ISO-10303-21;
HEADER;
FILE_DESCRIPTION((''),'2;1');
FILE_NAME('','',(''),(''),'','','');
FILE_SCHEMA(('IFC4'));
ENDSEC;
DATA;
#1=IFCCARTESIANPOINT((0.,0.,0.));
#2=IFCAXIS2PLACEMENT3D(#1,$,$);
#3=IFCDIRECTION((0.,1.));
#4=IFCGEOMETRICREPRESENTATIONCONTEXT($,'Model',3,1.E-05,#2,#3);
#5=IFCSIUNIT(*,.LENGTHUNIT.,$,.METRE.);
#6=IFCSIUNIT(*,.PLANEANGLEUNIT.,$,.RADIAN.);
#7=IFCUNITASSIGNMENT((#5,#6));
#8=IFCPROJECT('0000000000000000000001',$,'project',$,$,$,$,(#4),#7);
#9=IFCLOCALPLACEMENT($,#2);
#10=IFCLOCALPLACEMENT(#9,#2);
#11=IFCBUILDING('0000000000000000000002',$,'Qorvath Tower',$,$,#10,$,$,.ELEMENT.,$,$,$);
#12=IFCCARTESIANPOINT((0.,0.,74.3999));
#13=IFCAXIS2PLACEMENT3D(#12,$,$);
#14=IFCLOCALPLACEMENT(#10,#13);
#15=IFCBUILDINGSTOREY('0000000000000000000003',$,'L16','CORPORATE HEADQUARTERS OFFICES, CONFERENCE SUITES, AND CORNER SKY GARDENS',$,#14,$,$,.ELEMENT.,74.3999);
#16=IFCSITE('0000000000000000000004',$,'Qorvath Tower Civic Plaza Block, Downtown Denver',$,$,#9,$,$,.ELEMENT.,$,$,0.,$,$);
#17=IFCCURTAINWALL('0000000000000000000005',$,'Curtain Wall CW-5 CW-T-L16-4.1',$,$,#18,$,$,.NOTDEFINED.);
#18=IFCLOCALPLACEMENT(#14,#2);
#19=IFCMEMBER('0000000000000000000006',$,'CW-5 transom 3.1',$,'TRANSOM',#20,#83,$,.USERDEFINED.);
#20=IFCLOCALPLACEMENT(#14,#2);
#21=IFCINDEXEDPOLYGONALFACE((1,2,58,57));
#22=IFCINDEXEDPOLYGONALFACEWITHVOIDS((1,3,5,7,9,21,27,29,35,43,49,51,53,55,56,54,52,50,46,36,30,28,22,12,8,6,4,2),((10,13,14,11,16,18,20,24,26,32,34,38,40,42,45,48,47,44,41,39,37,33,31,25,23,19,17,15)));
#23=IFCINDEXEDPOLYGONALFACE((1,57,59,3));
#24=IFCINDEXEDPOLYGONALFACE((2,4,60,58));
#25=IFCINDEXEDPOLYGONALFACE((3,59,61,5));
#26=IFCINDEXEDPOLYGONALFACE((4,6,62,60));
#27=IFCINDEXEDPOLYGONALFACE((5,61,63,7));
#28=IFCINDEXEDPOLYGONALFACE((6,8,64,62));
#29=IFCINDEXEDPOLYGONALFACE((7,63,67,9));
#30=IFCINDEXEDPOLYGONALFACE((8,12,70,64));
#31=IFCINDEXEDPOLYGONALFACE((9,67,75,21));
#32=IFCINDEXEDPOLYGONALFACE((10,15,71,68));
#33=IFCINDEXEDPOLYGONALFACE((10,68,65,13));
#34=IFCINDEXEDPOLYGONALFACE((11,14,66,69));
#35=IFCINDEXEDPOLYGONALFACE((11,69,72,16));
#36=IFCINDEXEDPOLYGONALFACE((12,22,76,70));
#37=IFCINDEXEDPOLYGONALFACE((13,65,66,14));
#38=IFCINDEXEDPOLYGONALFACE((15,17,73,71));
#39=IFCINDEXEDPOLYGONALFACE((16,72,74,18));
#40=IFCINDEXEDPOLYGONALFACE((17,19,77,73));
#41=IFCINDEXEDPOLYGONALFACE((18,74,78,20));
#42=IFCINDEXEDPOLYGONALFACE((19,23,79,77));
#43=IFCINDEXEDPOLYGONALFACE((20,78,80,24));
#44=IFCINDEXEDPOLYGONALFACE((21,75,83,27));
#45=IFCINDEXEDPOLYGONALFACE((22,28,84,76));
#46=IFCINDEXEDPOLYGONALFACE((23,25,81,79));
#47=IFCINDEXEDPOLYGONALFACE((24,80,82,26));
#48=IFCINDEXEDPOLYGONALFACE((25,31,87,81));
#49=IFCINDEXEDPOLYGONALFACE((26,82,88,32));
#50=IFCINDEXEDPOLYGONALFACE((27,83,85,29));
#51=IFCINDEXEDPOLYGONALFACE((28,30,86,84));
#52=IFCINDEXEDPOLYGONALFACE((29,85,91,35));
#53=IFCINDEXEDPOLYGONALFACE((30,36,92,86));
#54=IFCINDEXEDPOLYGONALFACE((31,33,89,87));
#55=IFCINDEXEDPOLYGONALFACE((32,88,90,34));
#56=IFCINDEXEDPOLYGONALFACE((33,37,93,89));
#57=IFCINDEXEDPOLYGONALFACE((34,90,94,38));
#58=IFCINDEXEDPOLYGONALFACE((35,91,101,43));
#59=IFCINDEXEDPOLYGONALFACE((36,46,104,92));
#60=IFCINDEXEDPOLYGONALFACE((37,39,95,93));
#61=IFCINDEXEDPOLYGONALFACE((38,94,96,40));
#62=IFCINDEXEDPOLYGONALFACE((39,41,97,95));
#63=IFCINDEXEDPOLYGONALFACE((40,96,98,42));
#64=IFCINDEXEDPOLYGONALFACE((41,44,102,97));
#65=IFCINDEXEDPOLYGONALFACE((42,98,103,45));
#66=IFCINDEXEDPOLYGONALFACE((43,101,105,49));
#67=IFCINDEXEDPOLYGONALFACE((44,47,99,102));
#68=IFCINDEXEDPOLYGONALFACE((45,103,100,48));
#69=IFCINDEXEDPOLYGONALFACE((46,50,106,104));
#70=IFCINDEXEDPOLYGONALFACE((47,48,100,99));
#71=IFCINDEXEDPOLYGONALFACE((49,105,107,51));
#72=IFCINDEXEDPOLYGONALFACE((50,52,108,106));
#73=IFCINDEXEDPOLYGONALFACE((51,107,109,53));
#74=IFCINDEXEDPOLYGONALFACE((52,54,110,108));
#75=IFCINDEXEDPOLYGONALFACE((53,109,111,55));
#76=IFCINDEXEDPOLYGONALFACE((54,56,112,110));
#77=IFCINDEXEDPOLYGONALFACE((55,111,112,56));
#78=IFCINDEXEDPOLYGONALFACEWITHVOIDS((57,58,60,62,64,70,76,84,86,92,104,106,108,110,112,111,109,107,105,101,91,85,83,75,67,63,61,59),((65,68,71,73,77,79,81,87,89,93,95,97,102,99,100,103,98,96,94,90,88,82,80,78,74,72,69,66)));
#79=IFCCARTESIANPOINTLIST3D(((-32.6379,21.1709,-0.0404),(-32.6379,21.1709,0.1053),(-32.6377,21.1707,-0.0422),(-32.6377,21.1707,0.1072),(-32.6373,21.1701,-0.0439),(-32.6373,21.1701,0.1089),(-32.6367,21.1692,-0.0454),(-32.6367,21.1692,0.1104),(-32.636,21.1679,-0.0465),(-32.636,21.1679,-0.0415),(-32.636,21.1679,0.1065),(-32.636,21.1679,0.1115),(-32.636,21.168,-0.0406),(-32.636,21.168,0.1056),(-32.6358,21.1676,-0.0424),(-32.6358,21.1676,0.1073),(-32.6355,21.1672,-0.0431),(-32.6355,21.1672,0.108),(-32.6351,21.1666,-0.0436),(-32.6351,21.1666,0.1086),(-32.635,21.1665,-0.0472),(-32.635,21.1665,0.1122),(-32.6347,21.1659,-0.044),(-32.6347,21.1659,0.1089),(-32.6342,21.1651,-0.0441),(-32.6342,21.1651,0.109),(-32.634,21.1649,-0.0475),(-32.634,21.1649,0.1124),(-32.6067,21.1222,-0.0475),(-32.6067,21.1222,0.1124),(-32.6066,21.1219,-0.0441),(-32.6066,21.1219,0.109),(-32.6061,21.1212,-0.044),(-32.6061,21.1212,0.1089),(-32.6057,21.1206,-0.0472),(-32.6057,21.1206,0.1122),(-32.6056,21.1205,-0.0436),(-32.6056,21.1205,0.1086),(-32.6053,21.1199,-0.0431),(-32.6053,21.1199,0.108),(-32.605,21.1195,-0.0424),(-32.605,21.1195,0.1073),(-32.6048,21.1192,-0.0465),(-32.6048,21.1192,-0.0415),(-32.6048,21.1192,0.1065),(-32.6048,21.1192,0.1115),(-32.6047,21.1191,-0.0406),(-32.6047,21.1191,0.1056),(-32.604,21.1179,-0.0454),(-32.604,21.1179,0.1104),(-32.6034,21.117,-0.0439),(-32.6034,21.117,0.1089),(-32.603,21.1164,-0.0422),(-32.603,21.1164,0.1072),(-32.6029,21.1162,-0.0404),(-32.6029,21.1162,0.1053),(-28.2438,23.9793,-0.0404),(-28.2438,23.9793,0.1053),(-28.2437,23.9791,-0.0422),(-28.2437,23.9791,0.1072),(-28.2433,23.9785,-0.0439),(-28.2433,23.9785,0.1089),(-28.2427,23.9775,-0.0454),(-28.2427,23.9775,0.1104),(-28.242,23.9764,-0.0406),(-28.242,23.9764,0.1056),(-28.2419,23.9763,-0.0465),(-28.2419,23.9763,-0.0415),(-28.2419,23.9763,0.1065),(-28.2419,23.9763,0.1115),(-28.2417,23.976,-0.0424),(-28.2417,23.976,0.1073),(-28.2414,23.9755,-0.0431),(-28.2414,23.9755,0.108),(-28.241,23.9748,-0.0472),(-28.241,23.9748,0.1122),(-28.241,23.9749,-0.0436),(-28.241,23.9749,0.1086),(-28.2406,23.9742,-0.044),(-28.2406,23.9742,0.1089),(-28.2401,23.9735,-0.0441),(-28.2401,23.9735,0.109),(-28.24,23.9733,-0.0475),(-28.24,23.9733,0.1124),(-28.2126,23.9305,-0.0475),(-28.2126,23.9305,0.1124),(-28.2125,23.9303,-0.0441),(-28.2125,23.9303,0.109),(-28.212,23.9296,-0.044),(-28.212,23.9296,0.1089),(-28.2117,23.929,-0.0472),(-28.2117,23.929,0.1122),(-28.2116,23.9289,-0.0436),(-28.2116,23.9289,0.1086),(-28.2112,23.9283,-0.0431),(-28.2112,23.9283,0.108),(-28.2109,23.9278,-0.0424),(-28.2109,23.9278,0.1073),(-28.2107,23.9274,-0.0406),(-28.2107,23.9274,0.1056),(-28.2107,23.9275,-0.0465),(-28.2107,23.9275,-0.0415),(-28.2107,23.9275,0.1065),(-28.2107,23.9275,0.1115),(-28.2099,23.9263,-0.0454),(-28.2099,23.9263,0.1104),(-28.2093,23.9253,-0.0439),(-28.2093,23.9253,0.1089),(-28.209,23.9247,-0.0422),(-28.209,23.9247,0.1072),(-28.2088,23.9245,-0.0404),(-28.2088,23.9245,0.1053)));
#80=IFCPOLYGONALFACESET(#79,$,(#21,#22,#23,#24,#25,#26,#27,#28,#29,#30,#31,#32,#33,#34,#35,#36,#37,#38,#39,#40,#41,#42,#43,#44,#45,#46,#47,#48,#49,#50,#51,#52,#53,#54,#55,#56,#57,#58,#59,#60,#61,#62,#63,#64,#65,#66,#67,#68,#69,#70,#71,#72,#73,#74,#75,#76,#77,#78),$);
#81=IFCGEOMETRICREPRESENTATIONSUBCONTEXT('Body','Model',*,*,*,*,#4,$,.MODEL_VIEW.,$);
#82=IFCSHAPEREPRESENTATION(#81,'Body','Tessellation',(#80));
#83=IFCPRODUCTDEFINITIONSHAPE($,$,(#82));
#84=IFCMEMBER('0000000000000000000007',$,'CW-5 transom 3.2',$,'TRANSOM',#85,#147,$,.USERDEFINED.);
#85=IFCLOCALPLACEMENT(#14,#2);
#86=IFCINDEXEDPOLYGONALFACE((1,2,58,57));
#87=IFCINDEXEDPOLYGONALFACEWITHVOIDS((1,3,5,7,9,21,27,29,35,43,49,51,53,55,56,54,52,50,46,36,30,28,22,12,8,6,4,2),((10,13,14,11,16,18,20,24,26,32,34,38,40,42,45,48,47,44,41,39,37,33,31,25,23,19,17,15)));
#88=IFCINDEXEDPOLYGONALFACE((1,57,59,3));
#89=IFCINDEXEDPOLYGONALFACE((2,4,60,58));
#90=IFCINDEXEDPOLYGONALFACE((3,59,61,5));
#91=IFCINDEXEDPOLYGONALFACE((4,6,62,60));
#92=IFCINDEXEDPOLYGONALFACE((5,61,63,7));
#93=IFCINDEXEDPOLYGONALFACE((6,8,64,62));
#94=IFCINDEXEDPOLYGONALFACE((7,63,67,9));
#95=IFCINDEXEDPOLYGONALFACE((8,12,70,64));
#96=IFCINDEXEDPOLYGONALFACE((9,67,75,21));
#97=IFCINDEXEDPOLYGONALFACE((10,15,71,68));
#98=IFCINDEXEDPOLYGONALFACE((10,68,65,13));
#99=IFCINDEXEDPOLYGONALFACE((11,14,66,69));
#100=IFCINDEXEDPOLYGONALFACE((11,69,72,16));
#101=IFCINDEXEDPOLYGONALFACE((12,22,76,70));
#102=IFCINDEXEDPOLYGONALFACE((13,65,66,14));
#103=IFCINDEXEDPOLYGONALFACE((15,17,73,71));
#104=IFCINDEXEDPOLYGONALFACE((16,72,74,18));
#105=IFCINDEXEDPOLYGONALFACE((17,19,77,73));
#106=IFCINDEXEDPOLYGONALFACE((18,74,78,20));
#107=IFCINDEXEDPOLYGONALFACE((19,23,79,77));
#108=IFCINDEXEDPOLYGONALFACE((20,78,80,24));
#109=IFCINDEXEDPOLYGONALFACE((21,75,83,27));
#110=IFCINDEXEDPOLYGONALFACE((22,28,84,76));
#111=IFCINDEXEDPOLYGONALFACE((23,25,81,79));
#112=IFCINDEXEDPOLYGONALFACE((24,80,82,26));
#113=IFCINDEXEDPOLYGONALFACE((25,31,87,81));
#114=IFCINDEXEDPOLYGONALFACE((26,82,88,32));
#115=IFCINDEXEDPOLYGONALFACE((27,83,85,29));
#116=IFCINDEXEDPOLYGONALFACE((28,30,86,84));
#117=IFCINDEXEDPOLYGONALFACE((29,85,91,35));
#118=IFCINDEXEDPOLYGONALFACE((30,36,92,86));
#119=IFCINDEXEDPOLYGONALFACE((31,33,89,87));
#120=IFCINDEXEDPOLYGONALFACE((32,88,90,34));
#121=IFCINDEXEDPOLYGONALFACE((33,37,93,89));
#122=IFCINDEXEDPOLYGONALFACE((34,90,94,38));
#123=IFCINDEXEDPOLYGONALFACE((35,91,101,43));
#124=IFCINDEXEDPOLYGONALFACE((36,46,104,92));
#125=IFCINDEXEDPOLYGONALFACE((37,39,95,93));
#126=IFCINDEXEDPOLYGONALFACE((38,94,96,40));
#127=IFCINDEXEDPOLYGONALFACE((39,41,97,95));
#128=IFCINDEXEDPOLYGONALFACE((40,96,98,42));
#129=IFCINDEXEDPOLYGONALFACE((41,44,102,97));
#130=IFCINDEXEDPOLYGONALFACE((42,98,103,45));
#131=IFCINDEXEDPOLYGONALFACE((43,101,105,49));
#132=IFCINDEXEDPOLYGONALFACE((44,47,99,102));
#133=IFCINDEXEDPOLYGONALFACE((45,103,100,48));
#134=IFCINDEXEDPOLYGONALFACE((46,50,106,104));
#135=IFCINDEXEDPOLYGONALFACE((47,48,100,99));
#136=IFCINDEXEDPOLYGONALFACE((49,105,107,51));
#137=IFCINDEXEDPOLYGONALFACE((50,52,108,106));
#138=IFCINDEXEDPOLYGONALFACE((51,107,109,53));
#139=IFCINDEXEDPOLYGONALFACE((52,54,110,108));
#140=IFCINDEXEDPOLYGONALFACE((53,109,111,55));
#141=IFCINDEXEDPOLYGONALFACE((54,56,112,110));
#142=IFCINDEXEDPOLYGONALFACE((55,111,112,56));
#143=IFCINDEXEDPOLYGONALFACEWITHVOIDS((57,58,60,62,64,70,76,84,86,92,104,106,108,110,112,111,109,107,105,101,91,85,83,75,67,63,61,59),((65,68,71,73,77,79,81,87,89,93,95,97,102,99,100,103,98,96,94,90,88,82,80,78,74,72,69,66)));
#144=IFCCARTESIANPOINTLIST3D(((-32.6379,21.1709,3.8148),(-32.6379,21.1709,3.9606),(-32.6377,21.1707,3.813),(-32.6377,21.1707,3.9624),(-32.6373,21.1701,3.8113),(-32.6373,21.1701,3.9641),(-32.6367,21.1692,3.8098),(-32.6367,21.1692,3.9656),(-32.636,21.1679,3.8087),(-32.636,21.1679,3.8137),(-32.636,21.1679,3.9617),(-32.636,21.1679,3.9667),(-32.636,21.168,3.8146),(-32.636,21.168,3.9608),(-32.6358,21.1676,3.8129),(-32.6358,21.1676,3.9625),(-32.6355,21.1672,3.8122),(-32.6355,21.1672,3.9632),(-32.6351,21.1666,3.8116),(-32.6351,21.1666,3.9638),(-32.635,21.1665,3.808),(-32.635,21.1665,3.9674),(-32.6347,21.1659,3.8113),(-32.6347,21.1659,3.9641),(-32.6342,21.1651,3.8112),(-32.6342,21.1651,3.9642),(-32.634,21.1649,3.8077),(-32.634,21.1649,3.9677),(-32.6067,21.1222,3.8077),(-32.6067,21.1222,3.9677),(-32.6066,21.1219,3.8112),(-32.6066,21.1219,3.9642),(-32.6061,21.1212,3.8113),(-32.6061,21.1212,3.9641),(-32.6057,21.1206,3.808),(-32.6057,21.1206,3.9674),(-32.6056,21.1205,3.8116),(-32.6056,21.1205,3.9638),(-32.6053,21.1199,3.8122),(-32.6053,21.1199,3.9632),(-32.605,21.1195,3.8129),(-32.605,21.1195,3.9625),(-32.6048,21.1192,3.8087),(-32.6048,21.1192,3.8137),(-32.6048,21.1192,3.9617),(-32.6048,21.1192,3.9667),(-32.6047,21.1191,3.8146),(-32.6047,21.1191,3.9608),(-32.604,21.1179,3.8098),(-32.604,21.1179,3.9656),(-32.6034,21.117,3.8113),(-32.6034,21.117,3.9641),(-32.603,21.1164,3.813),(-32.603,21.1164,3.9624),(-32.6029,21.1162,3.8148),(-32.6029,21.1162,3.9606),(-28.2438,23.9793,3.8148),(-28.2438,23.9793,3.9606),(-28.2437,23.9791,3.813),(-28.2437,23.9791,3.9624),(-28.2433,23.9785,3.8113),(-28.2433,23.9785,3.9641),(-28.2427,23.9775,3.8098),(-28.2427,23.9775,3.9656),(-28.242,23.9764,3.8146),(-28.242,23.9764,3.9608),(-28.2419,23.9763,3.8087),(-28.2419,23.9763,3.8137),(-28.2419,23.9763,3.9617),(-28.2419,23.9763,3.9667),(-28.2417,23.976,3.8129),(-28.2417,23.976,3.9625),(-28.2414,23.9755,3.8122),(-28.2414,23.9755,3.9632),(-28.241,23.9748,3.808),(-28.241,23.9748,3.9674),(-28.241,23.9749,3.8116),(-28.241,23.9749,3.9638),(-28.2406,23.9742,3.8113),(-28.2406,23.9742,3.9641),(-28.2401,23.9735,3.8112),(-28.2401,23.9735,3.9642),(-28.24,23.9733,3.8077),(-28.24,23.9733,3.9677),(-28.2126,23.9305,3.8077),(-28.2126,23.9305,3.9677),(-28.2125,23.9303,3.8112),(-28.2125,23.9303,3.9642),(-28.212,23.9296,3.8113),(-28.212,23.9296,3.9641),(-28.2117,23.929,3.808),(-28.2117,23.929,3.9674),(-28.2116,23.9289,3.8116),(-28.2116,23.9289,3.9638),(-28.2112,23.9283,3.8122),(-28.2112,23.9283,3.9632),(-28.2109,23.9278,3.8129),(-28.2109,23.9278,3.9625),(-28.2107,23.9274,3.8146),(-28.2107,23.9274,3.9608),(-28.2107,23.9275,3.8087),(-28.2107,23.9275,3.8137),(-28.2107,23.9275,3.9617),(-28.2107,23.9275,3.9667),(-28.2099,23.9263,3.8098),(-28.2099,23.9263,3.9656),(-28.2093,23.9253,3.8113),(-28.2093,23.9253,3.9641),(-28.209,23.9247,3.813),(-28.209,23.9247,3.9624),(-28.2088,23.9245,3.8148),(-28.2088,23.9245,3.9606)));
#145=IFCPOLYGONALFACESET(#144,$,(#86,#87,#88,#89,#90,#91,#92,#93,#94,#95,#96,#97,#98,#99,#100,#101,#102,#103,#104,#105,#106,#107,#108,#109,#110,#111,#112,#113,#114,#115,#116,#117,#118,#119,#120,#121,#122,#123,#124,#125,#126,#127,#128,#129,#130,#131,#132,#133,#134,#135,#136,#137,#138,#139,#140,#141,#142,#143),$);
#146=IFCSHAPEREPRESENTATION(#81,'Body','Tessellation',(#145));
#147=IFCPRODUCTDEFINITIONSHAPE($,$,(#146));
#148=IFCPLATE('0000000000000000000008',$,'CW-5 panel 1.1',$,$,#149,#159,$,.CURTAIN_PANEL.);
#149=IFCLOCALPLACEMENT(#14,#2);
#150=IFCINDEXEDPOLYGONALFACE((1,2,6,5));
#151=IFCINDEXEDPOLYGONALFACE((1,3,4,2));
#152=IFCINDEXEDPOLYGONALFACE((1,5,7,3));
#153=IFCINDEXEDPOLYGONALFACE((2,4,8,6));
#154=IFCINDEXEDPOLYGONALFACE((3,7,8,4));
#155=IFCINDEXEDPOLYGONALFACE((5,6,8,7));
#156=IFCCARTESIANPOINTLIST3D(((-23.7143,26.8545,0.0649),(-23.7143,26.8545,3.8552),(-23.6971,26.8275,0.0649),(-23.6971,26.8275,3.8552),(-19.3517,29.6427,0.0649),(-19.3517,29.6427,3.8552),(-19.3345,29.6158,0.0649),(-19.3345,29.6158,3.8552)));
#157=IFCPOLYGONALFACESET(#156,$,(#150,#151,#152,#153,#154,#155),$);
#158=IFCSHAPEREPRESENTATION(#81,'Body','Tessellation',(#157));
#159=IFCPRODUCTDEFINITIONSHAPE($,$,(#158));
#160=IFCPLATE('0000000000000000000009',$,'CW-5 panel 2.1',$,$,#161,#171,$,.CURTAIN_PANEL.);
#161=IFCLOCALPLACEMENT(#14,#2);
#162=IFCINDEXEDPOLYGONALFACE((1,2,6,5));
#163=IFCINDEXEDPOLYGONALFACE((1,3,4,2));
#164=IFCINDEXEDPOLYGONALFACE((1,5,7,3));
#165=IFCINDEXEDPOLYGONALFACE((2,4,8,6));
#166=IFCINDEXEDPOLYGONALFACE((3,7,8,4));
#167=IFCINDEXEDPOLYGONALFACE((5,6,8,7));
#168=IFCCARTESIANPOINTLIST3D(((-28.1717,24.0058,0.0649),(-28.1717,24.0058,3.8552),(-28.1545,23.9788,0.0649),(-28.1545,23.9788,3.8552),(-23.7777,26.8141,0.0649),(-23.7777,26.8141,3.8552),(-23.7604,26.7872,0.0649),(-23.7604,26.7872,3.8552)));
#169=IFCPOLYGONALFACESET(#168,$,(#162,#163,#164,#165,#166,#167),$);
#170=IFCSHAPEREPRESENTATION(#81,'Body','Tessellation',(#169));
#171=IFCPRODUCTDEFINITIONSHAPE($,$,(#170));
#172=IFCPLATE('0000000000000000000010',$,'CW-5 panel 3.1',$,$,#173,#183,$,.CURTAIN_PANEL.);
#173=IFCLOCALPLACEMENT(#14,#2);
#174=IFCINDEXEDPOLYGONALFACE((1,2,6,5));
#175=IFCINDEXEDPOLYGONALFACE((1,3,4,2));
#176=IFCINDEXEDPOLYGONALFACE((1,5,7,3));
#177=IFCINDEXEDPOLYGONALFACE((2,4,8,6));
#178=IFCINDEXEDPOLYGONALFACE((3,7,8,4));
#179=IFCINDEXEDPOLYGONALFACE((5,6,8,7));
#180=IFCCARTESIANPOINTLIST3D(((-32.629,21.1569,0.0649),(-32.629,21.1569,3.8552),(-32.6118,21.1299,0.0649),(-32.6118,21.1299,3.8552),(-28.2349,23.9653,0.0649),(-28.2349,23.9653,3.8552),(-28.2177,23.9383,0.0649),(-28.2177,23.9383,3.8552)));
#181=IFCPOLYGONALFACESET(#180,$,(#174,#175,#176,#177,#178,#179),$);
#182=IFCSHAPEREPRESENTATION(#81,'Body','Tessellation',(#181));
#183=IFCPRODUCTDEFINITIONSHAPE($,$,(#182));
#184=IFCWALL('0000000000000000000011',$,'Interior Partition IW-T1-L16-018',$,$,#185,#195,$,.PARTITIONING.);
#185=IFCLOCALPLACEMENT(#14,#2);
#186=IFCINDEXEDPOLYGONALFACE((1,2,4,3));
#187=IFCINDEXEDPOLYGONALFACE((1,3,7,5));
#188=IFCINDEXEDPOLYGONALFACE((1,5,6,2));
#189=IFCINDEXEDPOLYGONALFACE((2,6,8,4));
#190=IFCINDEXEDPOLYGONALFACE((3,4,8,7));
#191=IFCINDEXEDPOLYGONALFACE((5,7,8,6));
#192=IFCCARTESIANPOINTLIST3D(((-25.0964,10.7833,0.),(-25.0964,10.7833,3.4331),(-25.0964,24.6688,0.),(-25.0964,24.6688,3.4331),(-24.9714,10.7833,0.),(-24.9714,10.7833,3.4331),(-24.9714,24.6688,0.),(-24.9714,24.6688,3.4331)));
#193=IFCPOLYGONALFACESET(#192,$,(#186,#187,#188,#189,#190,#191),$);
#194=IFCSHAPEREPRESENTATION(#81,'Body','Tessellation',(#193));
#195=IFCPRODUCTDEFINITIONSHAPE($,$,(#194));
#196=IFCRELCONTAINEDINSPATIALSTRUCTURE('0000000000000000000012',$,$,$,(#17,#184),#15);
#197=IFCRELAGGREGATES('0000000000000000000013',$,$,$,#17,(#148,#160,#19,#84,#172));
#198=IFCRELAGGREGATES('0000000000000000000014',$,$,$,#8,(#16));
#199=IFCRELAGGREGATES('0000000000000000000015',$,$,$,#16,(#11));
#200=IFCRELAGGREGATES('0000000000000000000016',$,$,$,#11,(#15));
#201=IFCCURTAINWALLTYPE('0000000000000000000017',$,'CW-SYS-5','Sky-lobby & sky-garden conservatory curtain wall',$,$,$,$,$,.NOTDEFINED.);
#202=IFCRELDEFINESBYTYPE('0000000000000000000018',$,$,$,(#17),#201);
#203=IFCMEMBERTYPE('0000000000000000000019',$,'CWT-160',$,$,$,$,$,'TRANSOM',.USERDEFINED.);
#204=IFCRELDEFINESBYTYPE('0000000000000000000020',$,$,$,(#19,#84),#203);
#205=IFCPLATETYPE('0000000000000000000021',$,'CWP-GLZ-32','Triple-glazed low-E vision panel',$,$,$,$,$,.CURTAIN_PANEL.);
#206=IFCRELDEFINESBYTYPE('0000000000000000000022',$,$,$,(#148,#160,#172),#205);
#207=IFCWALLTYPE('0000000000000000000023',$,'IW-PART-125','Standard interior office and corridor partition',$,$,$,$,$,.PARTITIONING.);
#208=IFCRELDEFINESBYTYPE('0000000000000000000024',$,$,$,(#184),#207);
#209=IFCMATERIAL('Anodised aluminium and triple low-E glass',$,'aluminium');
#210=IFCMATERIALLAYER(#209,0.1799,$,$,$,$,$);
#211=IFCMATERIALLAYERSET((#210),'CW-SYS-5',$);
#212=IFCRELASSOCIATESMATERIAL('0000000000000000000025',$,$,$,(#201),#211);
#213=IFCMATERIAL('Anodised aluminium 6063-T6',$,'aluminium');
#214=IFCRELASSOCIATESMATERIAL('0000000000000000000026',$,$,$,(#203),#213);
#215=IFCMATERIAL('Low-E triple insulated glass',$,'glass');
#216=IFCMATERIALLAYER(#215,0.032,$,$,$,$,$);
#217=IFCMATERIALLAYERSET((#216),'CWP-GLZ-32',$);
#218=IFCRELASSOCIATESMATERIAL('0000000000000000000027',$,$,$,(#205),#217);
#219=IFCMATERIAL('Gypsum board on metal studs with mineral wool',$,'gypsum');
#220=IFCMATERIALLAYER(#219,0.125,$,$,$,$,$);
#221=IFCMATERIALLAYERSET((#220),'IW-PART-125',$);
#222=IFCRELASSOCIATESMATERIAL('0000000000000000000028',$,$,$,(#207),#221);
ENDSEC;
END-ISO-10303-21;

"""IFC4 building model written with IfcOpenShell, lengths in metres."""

from ifc_helpers import new_model, si_unit, direction, frame, frame_2d, origin, origin_2d, place, context, subcontext, project, spatial, rectangle, hollow_rectangle, extrude, material, layer, layer_set, material_profile, profile_set, type_object, element, aggregate, save


model = new_model("IFC4")

# Units and contexts
model_context = context("Model", 3, precision=1e-05, world=origin(), true_north=direction((0.0, 1.0)))
body_context = subcontext(model_context, "Body", "Model", "MODEL_VIEW")
ifc_project = project(units=[si_unit("LENGTHUNIT", "METRE"), si_unit("PLANEANGLEUNIT", "RADIAN")], contexts=[model_context])

# Site, building, storey
site_placement = place(None, origin())
site = spatial("IfcSite", under=ifc_project, at=site_placement, Name="Qorvath Tower Civic Plaza Block, Downtown Denver", CompositionType="ELEMENT", RefElevation=0.0)
building_placement = place(site_placement, origin())
building = spatial("IfcBuilding", under=site, at=building_placement, Name="Qorvath Tower", CompositionType="ELEMENT")
storey_placement = place(building_placement, frame((0.0, 0.0, 74.3999)))
storey = spatial("IfcBuildingStorey", under=building, at=storey_placement, Name="L16", Description="CORPORATE HEADQUARTERS OFFICES, CONFERENCE SUITES, AND CORNER SKY GARDENS", CompositionType="ELEMENT", Elevation=74.3999)

# Curtain wall, members, plates
ifc_material_1 = material(Name="Anodised aluminium and triple low-E glass", Category="aluminium")
ifc_layer_1 = layer(ifc_material_1, 0.1799)
ifc_layer_set_1 = layer_set([ifc_layer_1], Name="CW-SYS-5")
curtain_wall_type = type_object("IfcCurtainWallType", Name="CW-SYS-5", Description="Sky-lobby & sky-garden conservatory curtain wall", PredefinedType="NOTDEFINED", material=ifc_layer_set_1)
curtain_wall_placement = place(storey_placement, origin())
curtain_wall = element("IfcCurtainWall", 1, at=curtain_wall_placement, inside=storey, type_object=curtain_wall_type, Name="Curtain Wall CW-5 CW-T-L16-4.1", PredefinedType="NOTDEFINED")
ifc_material_2 = material(Name="Anodised aluminium 6063-T6", Category="aluminium")
ifc_material_profile_1 = material_profile(ifc_material_2, hollow_rectangle(XDim=0.0649, YDim=0.1599, WallThickness=0.0034, InnerFilletRadius=0.0034, OuterFilletRadius=0.0071, at=origin_2d()), Name="CWT 160x65")
ifc_profile_set_1 = profile_set([ifc_material_profile_1], Name="Anodised aluminium 6063-T6")
member_type_1 = type_object("IfcMemberType", Name="CWT-160", ElementType="TRANSOM", PredefinedType="USERDEFINED", material=ifc_profile_set_1)
member_1_placement = place(storey_placement, frame((-28.2263, 23.9519, 0.0325), z_axis=(-0.842605, -0.538531, 0.0), x_axis=(0.538531, -0.842605, 0.0)))
member_1 = element("IfcMember", 2, at=member_1_placement, type_object=member_type_1, Name="CW-5 transom 3.1", ObjectType="TRANSOM", PredefinedType="USERDEFINED", context=body_context, shape_type="SweptSolid", body=[
    extrude(hollow_rectangle(XDim=0.0649, YDim=0.1599, WallThickness=0.0034, InnerFilletRadius=0.0034, OuterFilletRadius=0.0071, at=origin_2d()), origin(), (0.0, 0.0, 1.0), 5.2148),
])
member_2_placement = place(storey_placement, frame((-28.2263, 23.9519, 3.8877), z_axis=(-0.842605, -0.538531, 0.0), x_axis=(0.538531, -0.842605, 0.0)))
member_2 = element("IfcMember", 3, at=member_2_placement, type_object=member_type_1, Name="CW-5 transom 3.2", ObjectType="TRANSOM", PredefinedType="USERDEFINED", context=body_context, shape_type="SweptSolid", body=[
    extrude(hollow_rectangle(XDim=0.0649, YDim=0.1599, WallThickness=0.0034, InnerFilletRadius=0.0034, OuterFilletRadius=0.0071, at=origin_2d()), origin(), (0.0, 0.0, 1.0), 5.2148),
])
ifc_material_3 = material(Name="Low-E triple insulated glass", Category="glass")
ifc_layer_2 = layer(ifc_material_3, 0.032)
ifc_layer_set_2 = layer_set([ifc_layer_2], Name="CWP-GLZ-32")
plate_type = type_object("IfcPlateType", Name="CWP-GLZ-32", Description="Triple-glazed low-E vision panel", PredefinedType="CURTAIN_PANEL", material=ifc_layer_set_2)
plate_1_placement = place(storey_placement, frame((-21.5244, 28.2351, 0.0649), z_axis=(0.0, 0.0, 1.0), x_axis=(-0.842604, -0.538533, 0.0)))
plate_1 = element("IfcPlate", 4, at=plate_1_placement, type_object=plate_type, Name="CW-5 panel 1.1", PredefinedType="CURTAIN_PANEL", context=body_context, shape_type="SweptSolid", body=[
    extrude(rectangle(XDim=5.1775, YDim=0.032, at=origin_2d()), origin(), (0.0, 0.0, 1.0), 3.7903),
])
plate_2_placement = place(storey_placement, frame((-25.9661, 25.3965, 0.0649), z_axis=(0.0, 0.0, 1.0), x_axis=(-0.842604, -0.538533, 0.0)))
plate_2 = element("IfcPlate", 5, at=plate_2_placement, type_object=plate_type, Name="CW-5 panel 2.1", PredefinedType="CURTAIN_PANEL", context=body_context, shape_type="SweptSolid", body=[
    extrude(rectangle(XDim=5.2148, YDim=0.032, at=origin_2d()), origin(), (0.0, 0.0, 1.0), 3.7903),
])
plate_3_placement = place(storey_placement, frame((-30.4233, 22.5476, 0.0649), z_axis=(0.0, 0.0, 1.0), x_axis=(-0.842604, -0.538533, 0.0)))
plate_3 = element("IfcPlate", 6, at=plate_3_placement, type_object=plate_type, Name="CW-5 panel 3.1", PredefinedType="CURTAIN_PANEL", context=body_context, shape_type="SweptSolid", body=[
    extrude(rectangle(XDim=5.2148, YDim=0.032, at=origin_2d()), origin(), (0.0, 0.0, 1.0), 3.7903),
])
aggregate(curtain_wall, [plate_1, plate_2, member_1, member_2, plate_3])

# Wall
ifc_material_4 = material(Name="Gypsum board on metal studs with mineral wool", Category="gypsum")
ifc_layer_3 = layer(ifc_material_4, 0.125)
ifc_layer_set_3 = layer_set([ifc_layer_3], Name="IW-PART-125")
wall_type = type_object("IfcWallType", Name="IW-PART-125", Description="Standard interior office and corridor partition", PredefinedType="PARTITIONING", material=ifc_layer_set_3)
wall_1_placement = place(storey_placement, frame((-25.0339, 10.7832, 0.0), z_axis=(0.0, 0.0, 1.0), x_axis=(0.0, 1.0, 0.0)))
element("IfcWall", 7, at=wall_1_placement, inside=storey, type_object=wall_type, Name="Interior Partition IW-T1-L16-018", PredefinedType="PARTITIONING", context=body_context, shape_type="SweptSolid", body=[
    extrude(rectangle(XDim=13.8855, YDim=0.125, at=frame_2d((6.9429, 0.0))), origin(), (0.0, 0.0, 1.0), 3.4331),
])

save(model, "model.ifc")
